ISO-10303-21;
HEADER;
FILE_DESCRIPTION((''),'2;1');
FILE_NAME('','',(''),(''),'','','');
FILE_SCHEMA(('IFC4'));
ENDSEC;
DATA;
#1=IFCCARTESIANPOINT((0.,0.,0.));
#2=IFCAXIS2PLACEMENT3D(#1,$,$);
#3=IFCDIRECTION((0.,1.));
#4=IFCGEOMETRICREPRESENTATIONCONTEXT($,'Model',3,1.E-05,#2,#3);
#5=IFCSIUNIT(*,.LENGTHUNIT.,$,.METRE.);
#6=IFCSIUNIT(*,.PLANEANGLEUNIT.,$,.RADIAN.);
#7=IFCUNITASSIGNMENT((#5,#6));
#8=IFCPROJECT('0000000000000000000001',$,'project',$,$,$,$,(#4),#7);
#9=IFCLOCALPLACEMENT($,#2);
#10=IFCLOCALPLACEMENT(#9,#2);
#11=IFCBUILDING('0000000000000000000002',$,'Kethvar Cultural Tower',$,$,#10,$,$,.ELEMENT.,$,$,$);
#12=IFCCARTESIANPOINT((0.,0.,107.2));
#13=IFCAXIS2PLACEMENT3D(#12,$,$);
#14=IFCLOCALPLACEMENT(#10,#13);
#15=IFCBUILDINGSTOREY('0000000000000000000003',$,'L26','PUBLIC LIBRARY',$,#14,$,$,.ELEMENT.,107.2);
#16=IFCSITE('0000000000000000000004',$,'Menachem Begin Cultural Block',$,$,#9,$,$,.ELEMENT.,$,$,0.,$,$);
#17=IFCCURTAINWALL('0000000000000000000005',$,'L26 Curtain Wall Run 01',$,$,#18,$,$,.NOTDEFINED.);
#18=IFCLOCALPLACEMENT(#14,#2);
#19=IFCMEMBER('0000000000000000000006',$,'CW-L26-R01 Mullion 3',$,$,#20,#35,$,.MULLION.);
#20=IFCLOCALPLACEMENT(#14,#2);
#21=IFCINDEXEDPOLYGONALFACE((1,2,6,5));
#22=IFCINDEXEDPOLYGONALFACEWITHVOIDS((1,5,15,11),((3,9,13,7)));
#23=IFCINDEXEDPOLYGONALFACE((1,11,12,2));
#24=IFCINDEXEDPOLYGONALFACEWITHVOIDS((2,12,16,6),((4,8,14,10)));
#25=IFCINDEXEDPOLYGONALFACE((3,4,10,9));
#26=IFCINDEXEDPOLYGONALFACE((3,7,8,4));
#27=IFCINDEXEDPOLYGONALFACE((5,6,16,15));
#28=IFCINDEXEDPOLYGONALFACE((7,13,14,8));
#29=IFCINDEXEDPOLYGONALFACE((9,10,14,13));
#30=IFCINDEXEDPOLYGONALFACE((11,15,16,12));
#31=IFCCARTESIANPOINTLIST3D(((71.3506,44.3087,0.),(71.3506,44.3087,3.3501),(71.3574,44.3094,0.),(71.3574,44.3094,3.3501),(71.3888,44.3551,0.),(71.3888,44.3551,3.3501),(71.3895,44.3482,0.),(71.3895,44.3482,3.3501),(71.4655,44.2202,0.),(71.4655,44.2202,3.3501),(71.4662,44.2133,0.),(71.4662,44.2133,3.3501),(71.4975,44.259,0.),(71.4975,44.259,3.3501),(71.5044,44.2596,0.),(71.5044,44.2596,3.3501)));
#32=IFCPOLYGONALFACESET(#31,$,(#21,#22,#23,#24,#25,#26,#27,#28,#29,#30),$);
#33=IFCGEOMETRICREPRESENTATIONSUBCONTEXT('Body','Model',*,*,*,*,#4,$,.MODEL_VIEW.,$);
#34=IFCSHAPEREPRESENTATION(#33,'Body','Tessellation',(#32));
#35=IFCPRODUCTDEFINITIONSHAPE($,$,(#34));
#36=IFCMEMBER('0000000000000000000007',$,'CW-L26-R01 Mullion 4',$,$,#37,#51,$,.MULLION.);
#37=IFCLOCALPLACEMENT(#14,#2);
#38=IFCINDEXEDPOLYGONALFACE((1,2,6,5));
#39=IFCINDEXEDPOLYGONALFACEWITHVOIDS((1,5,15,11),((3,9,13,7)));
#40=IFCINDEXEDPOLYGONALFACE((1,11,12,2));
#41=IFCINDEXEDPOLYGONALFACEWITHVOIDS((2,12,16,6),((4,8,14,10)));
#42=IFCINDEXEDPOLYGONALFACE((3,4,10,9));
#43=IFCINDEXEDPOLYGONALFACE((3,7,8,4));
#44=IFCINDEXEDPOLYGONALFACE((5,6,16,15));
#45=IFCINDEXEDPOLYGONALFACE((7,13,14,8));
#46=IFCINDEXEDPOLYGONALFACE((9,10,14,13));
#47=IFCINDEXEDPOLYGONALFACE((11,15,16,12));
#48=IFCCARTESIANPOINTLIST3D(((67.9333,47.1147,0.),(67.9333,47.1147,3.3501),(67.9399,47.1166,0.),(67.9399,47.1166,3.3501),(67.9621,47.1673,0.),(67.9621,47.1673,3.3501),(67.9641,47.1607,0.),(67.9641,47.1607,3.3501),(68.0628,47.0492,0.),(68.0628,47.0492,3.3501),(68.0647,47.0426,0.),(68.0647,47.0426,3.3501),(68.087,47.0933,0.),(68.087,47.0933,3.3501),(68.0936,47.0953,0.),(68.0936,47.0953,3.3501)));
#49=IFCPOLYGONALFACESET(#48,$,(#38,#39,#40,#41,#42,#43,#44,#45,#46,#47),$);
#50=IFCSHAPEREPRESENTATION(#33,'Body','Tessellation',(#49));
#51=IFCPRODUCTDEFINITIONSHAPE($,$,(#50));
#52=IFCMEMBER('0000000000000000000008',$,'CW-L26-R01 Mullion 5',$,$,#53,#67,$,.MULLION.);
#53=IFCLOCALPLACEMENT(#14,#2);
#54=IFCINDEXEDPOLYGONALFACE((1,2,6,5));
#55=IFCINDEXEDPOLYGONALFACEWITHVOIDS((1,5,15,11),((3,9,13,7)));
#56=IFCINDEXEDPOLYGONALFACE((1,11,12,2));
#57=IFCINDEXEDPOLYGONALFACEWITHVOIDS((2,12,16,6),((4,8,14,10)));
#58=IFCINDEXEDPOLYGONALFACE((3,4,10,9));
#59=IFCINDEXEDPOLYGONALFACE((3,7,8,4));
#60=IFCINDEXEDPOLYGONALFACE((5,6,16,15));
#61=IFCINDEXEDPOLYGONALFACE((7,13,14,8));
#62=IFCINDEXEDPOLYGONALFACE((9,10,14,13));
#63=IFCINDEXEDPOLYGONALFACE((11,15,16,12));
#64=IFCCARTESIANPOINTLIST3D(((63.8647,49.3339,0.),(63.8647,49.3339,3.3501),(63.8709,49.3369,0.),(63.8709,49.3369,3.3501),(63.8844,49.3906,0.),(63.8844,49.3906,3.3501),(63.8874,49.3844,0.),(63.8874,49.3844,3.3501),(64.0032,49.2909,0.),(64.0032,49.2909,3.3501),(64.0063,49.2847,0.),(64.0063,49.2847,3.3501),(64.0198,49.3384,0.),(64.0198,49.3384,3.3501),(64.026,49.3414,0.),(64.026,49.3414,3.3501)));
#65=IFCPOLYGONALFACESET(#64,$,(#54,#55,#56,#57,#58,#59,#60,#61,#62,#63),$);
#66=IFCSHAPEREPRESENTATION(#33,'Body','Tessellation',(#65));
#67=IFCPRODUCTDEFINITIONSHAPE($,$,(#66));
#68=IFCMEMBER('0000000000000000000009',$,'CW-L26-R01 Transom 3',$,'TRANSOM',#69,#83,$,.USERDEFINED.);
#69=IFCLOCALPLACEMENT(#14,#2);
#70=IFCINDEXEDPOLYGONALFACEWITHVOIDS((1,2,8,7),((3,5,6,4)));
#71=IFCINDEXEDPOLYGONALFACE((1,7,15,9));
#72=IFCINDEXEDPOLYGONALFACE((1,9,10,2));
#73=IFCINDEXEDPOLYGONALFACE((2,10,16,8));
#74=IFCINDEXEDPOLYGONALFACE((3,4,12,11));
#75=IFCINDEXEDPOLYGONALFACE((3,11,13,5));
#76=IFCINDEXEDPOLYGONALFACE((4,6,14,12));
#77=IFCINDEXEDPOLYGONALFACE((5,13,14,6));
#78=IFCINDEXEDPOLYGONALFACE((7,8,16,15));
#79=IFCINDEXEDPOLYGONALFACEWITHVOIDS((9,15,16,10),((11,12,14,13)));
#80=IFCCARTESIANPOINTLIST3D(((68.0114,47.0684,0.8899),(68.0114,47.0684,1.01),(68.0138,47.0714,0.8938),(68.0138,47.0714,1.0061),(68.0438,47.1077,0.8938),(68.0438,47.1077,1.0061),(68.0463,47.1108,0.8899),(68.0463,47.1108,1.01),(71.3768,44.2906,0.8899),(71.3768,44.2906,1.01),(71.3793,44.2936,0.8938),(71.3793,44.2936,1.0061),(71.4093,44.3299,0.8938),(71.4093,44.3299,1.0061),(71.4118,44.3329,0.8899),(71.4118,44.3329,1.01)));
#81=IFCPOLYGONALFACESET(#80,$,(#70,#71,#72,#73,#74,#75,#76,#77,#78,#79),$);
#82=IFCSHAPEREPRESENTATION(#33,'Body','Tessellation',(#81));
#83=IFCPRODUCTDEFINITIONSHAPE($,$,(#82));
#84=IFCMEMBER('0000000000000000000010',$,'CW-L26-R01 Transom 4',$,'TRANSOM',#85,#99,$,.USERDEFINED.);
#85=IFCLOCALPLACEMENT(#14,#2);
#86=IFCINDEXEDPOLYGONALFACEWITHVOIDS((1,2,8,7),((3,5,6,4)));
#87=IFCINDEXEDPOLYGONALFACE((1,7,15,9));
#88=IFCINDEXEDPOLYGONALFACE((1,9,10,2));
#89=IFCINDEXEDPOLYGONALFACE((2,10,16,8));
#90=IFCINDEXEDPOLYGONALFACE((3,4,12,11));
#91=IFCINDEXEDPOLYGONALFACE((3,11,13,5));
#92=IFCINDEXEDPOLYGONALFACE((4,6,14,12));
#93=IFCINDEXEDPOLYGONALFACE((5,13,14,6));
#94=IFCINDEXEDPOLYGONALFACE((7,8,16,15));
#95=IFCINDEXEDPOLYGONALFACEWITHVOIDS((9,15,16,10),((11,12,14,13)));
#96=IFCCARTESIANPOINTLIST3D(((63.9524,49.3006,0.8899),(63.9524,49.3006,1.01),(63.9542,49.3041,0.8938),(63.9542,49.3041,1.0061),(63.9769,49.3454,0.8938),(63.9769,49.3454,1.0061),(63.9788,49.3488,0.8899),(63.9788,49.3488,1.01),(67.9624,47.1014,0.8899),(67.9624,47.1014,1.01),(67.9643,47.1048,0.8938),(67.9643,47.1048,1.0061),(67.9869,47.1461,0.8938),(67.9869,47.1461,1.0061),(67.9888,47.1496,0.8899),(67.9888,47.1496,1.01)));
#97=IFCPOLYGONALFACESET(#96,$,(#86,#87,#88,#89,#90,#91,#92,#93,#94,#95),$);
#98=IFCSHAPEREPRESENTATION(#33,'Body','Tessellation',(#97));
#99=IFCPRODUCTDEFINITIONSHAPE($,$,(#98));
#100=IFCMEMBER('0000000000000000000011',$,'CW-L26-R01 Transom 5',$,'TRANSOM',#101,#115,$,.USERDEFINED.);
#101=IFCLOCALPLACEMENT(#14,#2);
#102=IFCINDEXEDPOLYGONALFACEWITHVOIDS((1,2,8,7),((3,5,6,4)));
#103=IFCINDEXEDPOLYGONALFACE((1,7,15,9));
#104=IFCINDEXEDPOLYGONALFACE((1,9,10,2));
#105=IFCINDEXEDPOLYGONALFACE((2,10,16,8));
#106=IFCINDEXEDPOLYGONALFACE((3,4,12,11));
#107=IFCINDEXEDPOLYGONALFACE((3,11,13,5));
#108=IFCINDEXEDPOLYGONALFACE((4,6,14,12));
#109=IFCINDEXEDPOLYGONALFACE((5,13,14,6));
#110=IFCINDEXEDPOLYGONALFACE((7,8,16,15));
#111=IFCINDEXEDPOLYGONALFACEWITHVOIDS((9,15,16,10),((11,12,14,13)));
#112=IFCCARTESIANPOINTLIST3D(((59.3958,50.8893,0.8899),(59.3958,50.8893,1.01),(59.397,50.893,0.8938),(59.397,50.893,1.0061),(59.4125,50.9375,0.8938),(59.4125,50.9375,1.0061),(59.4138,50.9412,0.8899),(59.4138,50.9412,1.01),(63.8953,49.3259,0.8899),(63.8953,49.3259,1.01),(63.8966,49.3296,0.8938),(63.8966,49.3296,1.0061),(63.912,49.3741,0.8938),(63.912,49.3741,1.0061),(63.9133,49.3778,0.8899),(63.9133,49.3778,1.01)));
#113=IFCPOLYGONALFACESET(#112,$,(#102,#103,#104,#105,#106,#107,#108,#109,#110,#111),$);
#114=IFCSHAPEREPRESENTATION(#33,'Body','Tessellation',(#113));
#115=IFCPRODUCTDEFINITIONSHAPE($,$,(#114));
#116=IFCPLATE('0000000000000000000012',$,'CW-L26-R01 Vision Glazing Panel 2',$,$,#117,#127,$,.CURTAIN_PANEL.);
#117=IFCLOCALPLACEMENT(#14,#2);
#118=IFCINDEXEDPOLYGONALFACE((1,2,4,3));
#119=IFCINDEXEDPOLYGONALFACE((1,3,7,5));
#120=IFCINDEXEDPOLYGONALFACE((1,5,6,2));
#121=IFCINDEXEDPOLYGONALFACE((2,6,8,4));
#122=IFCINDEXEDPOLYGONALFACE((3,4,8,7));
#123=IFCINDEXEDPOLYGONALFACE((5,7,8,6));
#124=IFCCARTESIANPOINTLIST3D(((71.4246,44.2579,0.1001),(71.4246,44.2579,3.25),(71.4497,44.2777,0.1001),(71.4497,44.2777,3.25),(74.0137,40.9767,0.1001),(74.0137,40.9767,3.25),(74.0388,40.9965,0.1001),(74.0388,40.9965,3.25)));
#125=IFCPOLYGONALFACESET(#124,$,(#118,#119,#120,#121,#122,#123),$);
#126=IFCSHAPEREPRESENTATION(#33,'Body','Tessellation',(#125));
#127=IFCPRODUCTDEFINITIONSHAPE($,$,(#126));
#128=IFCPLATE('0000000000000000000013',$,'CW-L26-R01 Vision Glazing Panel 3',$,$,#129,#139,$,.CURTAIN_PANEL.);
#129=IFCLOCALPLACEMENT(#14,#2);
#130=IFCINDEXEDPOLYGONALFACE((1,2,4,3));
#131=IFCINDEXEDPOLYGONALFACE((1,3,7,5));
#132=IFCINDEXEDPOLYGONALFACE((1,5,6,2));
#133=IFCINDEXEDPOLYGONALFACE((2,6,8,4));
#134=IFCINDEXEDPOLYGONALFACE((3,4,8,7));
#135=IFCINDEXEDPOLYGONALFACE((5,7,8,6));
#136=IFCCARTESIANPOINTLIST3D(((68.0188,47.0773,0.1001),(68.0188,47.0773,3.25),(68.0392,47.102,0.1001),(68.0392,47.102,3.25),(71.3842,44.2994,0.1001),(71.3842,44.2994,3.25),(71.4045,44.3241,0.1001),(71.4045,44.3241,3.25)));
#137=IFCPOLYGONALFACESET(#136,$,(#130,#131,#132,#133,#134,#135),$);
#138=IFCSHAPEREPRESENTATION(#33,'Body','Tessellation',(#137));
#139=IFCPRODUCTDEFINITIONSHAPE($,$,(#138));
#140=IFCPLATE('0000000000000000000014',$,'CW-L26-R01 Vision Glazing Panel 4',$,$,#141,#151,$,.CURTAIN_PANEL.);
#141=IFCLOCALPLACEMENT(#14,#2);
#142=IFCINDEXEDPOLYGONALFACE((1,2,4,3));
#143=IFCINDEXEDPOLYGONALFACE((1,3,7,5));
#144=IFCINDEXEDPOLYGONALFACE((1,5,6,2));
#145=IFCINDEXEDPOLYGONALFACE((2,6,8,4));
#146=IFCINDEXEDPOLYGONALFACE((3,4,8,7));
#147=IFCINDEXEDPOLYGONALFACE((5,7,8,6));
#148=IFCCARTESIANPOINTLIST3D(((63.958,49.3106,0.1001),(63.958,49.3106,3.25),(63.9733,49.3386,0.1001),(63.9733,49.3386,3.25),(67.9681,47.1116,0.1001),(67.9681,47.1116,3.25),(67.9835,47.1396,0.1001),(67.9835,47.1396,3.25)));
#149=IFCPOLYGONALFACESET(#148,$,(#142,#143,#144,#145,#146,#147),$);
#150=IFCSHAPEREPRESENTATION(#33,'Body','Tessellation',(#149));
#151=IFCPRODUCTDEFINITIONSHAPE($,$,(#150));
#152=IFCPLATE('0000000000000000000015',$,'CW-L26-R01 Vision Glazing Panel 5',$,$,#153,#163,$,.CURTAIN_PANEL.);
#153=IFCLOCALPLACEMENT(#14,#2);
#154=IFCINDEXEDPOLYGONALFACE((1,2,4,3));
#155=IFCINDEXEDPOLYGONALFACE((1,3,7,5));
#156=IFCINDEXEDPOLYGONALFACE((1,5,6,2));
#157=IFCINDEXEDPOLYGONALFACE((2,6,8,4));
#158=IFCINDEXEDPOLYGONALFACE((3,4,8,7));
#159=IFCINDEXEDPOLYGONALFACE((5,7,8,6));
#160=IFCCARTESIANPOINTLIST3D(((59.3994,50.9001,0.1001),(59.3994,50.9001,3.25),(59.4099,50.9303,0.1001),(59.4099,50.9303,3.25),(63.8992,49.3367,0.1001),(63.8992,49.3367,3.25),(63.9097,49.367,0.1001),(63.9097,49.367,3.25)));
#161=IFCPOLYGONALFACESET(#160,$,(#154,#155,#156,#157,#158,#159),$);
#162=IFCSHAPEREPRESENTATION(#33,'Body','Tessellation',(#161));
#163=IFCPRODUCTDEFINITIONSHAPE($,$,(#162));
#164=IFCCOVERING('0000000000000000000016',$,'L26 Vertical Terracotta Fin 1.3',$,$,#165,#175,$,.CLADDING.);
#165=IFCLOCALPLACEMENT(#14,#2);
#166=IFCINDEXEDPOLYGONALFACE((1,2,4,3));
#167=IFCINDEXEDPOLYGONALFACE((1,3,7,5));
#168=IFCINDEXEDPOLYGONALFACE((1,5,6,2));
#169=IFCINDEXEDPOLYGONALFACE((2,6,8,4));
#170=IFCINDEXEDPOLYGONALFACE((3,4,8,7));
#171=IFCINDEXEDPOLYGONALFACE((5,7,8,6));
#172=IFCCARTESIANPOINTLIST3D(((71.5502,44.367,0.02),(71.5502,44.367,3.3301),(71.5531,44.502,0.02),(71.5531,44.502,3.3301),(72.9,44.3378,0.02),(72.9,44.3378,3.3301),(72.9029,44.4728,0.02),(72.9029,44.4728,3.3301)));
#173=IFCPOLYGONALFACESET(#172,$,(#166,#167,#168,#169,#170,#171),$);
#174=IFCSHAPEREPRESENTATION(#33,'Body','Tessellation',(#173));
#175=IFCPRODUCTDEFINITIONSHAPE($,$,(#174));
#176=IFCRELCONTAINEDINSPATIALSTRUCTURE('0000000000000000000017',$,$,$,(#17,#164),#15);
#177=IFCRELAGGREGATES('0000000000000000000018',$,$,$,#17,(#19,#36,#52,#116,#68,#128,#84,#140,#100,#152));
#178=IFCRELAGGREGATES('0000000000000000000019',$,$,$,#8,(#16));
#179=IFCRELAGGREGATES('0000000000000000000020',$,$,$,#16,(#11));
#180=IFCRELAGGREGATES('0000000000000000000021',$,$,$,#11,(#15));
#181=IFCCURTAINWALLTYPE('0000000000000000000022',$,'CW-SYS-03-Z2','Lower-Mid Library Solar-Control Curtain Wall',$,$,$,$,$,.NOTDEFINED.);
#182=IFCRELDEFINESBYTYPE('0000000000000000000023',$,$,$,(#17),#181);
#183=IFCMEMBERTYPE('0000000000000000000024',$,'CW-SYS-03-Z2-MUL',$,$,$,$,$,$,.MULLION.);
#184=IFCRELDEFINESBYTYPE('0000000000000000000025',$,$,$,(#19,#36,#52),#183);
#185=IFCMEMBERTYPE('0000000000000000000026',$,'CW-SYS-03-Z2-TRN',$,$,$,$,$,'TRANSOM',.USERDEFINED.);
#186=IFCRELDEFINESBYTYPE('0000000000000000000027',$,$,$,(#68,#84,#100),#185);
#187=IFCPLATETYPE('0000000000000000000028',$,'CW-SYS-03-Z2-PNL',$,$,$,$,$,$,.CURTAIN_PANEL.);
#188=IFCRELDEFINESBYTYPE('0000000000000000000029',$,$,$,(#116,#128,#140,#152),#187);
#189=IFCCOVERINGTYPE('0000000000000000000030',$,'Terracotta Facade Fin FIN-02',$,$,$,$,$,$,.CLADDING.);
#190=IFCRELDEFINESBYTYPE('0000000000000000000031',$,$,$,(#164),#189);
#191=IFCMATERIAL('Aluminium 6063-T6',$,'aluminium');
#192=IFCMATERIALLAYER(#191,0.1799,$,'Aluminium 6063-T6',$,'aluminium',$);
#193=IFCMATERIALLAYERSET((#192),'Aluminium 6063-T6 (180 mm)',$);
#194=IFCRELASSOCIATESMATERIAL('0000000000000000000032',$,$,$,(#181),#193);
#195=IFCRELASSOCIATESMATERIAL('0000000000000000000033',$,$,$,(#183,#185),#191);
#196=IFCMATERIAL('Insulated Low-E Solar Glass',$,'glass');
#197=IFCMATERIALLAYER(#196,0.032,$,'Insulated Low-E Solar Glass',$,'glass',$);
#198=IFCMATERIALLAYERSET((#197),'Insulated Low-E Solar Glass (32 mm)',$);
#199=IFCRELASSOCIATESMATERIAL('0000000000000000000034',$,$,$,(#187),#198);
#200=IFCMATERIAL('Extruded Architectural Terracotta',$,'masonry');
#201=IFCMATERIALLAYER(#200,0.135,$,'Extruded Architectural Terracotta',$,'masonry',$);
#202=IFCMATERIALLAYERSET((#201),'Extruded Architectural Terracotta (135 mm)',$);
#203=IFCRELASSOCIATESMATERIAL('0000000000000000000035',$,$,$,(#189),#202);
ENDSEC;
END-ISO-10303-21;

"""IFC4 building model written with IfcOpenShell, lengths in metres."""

from ifc_helpers import new_model, si_unit, direction, frame, origin, origin_2d, place, context, subcontext, project, spatial, rectangle, hollow_rectangle, extrude, source, transform, mapped, material, layer, layer_set, material_profile, profile_set, type_object, element, aggregate, save


model = new_model("IFC4")

# Units and contexts
model_context = context("Model", 3, precision=1e-05, world=origin(), true_north=direction((0.0, 1.0)))
body_context = subcontext(model_context, "Body", "Model", "MODEL_VIEW")
ifc_project = project(units=[si_unit("LENGTHUNIT", "METRE"), si_unit("PLANEANGLEUNIT", "RADIAN")], contexts=[model_context])

# Site, building, storey
site_placement = place(None, origin())
site = spatial("IfcSite", under=ifc_project, at=site_placement, Name="Menachem Begin Cultural Block", CompositionType="ELEMENT", RefElevation=0.0)
building_placement = place(site_placement, origin())
building = spatial("IfcBuilding", under=site, at=building_placement, Name="Kethvar Cultural Tower", CompositionType="ELEMENT")
storey_placement = place(building_placement, frame((0.0, 0.0, 107.2)))
storey = spatial("IfcBuildingStorey", under=building, at=storey_placement, Name="L26", Description="PUBLIC LIBRARY", CompositionType="ELEMENT", Elevation=107.2)

# Curtain wall, members, plates
ifc_material_1 = material(Name="Aluminium 6063-T6", Category="aluminium")
ifc_layer_1 = layer(ifc_material_1, 0.1799, Name="Aluminium 6063-T6", Category="aluminium")
ifc_layer_set_1 = layer_set([ifc_layer_1], Name="Aluminium 6063-T6 (180 mm)")
curtain_wall_type = type_object("IfcCurtainWallType", Name="CW-SYS-03-Z2", Description="Lower-Mid Library Solar-Control Curtain Wall", PredefinedType="NOTDEFINED", material=ifc_layer_set_1)
curtain_wall_placement = place(storey_placement, origin())
curtain_wall = element("IfcCurtainWall", 1, at=curtain_wall_placement, inside=storey, type_object=curtain_wall_type, Name="L26 Curtain Wall Run 01", PredefinedType="NOTDEFINED")
ifc_material_profile_1 = material_profile(ifc_material_1, hollow_rectangle(XDim=0.0601, YDim=0.1499, WallThickness=0.0049, at=origin_2d()), Name="Aluminium 6063-T6 — RHS150x60x5")
ifc_profile_set_1 = profile_set([ifc_material_profile_1], Name="Aluminium 6063-T6 — RHS150x60x5")
member_type_1 = type_object("IfcMemberType", Name="CW-SYS-03-Z2-MUL", PredefinedType="MULLION", material=ifc_profile_set_1)
shared_shape_1 = source(origin(), body_context, "Body", "SweptSolid", [
    extrude(hollow_rectangle(XDim=0.0601, YDim=0.1499, WallThickness=0.0049, at=origin_2d()), origin(), (0.0, 0.0, 1.0), 3.3501),
])
member_1_placement = place(storey_placement, frame((71.4275, 44.2842, 0.0), z_axis=(0.0, 0.0, 1.0), x_axis=(-0.636576, -0.771214, 0.0)))
member_1 = element("IfcMember", 2, at=member_1_placement, type_object=member_type_1, Name="CW-L26-R01 Mullion 3", PredefinedType="MULLION", context=body_context, shape_type="MappedRepresentation", body=[
    mapped(shared_shape_1, transform((0.0, 0.0, 0.0), scale=1.0)),
])
member_2_placement = place(storey_placement, frame((68.0134, 47.105, 0.0), z_axis=(0.0, 0.0, 1.0), x_axis=(-0.48082, -0.876819, 0.0)))
member_2 = element("IfcMember", 3, at=member_2_placement, type_object=member_type_1, Name="CW-L26-R01 Mullion 4", PredefinedType="MULLION", context=body_context, shape_type="MappedRepresentation", body=[
    mapped(shared_shape_1, transform((0.0, 0.0, 0.0), scale=1.0)),
])
member_3_placement = place(storey_placement, frame((63.9453, 49.3376, 0.0), z_axis=(0.0, 0.0, 1.0), x_axis=(-0.328191, -0.944611, 0.0)))
member_3 = element("IfcMember", 4, at=member_3_placement, type_object=member_type_1, Name="CW-L26-R01 Mullion 5", PredefinedType="MULLION", context=body_context, shape_type="MappedRepresentation", body=[
    mapped(shared_shape_1, transform((0.0, 0.0, 0.0), scale=1.0)),
])
ifc_material_profile_2 = material_profile(ifc_material_1, hollow_rectangle(XDim=0.0549, YDim=0.1201, WallThickness=0.0039, at=origin_2d()), Name="Aluminium 6063-T6 — RHS120x55x4")
ifc_profile_set_2 = profile_set([ifc_material_profile_2], Name="Aluminium 6063-T6 — RHS120x55x4")
member_type_2 = type_object("IfcMemberType", Name="CW-SYS-03-Z2-TRN", ElementType="TRANSOM", PredefinedType="USERDEFINED", material=ifc_profile_set_2)
shared_shape_2 = source(origin(), body_context, "Body", "SweptSolid", [
    extrude(hollow_rectangle(XDim=0.0549, YDim=0.1201, WallThickness=0.0039, at=origin_2d()), origin(), (0.0, 0.0, 1.0), 4.3638),
])
member_4_placement = place(storey_placement, frame((71.3943, 44.3118, 0.95), z_axis=(-0.771226, 0.636562, 0.0), x_axis=(-0.636562, -0.771226, 0.0)))
member_4 = element("IfcMember", 5, at=member_4_placement, type_object=member_type_2, Name="CW-L26-R01 Transom 3", ObjectType="TRANSOM", PredefinedType="USERDEFINED", context=body_context, shape_type="MappedRepresentation", body=[
    mapped(shared_shape_2, transform((0.0, 0.0, 0.0), scale=1.0)),
])
shared_shape_3 = source(origin(), body_context, "Body", "SweptSolid", [
    extrude(hollow_rectangle(XDim=0.0549, YDim=0.1201, WallThickness=0.0039, at=origin_2d()), origin(), (0.0, 0.0, 1.0), 4.5735),
])
member_5_placement = place(storey_placement, frame((67.9756, 47.1255, 0.95), z_axis=(-0.876796, 0.480863, 0.0), x_axis=(-0.480863, -0.876796, 0.0)))
member_5 = element("IfcMember", 6, at=member_5_placement, type_object=member_type_2, Name="CW-L26-R01 Transom 4", ObjectType="TRANSOM", PredefinedType="USERDEFINED", context=body_context, shape_type="MappedRepresentation", body=[
    mapped(shared_shape_3, transform((0.0, 0.0, 0.0), scale=1.0)),
])
shared_shape_4 = source(origin(), body_context, "Body", "SweptSolid", [
    extrude(hollow_rectangle(XDim=0.0549, YDim=0.1201, WallThickness=0.0039, at=origin_2d()), origin(), (0.0, 0.0, 1.0), 4.7634),
])
member_6_placement = place(storey_placement, frame((63.9043, 49.3518, 0.95), z_axis=(-0.944599, 0.328226, 0.0), x_axis=(-0.328226, -0.944599, 0.0)))
member_6 = element("IfcMember", 7, at=member_6_placement, type_object=member_type_2, Name="CW-L26-R01 Transom 5", ObjectType="TRANSOM", PredefinedType="USERDEFINED", context=body_context, shape_type="MappedRepresentation", body=[
    mapped(shared_shape_4, transform((0.0, 0.0, 0.0), scale=1.0)),
])
ifc_material_2 = material(Name="Insulated Low-E Solar Glass", Category="glass")
ifc_layer_2 = layer(ifc_material_2, 0.032, Name="Insulated Low-E Solar Glass", Category="glass")
ifc_layer_set_2 = layer_set([ifc_layer_2], Name="Insulated Low-E Solar Glass (32 mm)")
plate_type = type_object("IfcPlateType", Name="CW-SYS-03-Z2-PNL", PredefinedType="CURTAIN_PANEL", material=ifc_layer_set_2)
shared_shape_5 = source(origin(), body_context, "Body", "SweptSolid", [
    extrude(rectangle(XDim=4.1797, YDim=0.032, at=origin_2d()), origin(), (0.0, 0.0, 1.0), 3.1499),
])
plate_1_placement = place(storey_placement, frame((72.7317, 42.6272, 0.1001), z_axis=(0.0, 0.0, 1.0), x_axis=(-0.61945, 0.785036, 0.0)))
plate_1 = element("IfcPlate", 8, at=plate_1_placement, type_object=plate_type, Name="CW-L26-R01 Vision Glazing Panel 2", PredefinedType="CURTAIN_PANEL", context=body_context, shape_type="MappedRepresentation", body=[
    mapped(shared_shape_5, transform((0.0, 0.0, 0.0), scale=1.0)),
])
shared_shape_6 = source(origin(), body_context, "Body", "SweptSolid", [
    extrude(rectangle(XDim=4.3638, YDim=0.032, at=origin_2d()), origin(), (0.0, 0.0, 1.0), 3.1499),
])
plate_2_placement = place(storey_placement, frame((69.7117, 45.7007, 0.1001), z_axis=(0.0, 0.0, 1.0), x_axis=(-0.771214, 0.636576, 0.0)))
plate_2 = element("IfcPlate", 9, at=plate_2_placement, type_object=plate_type, Name="CW-L26-R01 Vision Glazing Panel 3", PredefinedType="CURTAIN_PANEL", context=body_context, shape_type="MappedRepresentation", body=[
    mapped(shared_shape_6, transform((0.0, 0.0, 0.0), scale=1.0)),
])
shared_shape_7 = source(origin(), body_context, "Body", "SweptSolid", [
    extrude(rectangle(XDim=4.5735, YDim=0.032, at=origin_2d()), origin(), (0.0, 0.0, 1.0), 3.1499),
])
plate_3_placement = place(storey_placement, frame((65.9707, 48.2251, 0.1001), z_axis=(0.0, 0.0, 1.0), x_axis=(-0.876819, 0.48082, 0.0)))
plate_3 = element("IfcPlate", 10, at=plate_3_placement, type_object=plate_type, Name="CW-L26-R01 Vision Glazing Panel 4", PredefinedType="CURTAIN_PANEL", context=body_context, shape_type="MappedRepresentation", body=[
    mapped(shared_shape_7, transform((0.0, 0.0, 0.0), scale=1.0)),
])
shared_shape_8 = source(origin(), body_context, "Body", "SweptSolid", [
    extrude(rectangle(XDim=4.7637, YDim=0.032, at=origin_2d()), origin(), (0.0, 0.0, 1.0), 3.1499),
])
plate_4_placement = place(storey_placement, frame((61.6545, 50.1335, 0.1001), z_axis=(0.0, 0.0, 1.0), x_axis=(-0.944611, 0.328191, 0.0)))
plate_4 = element("IfcPlate", 11, at=plate_4_placement, type_object=plate_type, Name="CW-L26-R01 Vision Glazing Panel 5", PredefinedType="CURTAIN_PANEL", context=body_context, shape_type="MappedRepresentation", body=[
    mapped(shared_shape_8, transform((0.0, 0.0, 0.0), scale=1.0)),
])
aggregate(curtain_wall, [member_1, member_2, member_3, plate_1, member_4, plate_2, member_5, plate_3, member_6, plate_4])

# Covering
ifc_material_3 = material(Name="Extruded Architectural Terracotta", Category="masonry")
ifc_layer_3 = layer(ifc_material_3, 0.135, Name="Extruded Architectural Terracotta", Category="masonry")
ifc_layer_set_3 = layer_set([ifc_layer_3], Name="Extruded Architectural Terracotta (135 mm)")
covering_type = type_object("IfcCoveringType", Name="Terracotta Facade Fin FIN-02", PredefinedType="CLADDING", material=ifc_layer_set_3)
shared_shape_9 = source(origin(), body_context, "Body", "SweptSolid", [
    extrude(rectangle(XDim=1.3501, YDim=0.135, at=origin_2d()), origin(), (0.0, 0.0, 1.0), 3.3101),
])
for number, where, z_axis, x_axis, name in (
    (12, (72.2266, 44.4199, 0.02), (0.0, 0.0, 1.0), (0.999766, -0.02164, 0.0), "L26 Vertical Terracotta Fin 1.3"),
):
    element("IfcCovering", number, at=place(storey_placement, frame(where, z_axis=z_axis, x_axis=x_axis)), inside=storey, type_object=covering_type, Name=name, PredefinedType="CLADDING", context=body_context, shape_type="MappedRepresentation", body=[
        mapped(shared_shape_9, transform((0.0, 0.0, 0.0), scale=1.0)),
    ])

save(model, "model.ifc")
